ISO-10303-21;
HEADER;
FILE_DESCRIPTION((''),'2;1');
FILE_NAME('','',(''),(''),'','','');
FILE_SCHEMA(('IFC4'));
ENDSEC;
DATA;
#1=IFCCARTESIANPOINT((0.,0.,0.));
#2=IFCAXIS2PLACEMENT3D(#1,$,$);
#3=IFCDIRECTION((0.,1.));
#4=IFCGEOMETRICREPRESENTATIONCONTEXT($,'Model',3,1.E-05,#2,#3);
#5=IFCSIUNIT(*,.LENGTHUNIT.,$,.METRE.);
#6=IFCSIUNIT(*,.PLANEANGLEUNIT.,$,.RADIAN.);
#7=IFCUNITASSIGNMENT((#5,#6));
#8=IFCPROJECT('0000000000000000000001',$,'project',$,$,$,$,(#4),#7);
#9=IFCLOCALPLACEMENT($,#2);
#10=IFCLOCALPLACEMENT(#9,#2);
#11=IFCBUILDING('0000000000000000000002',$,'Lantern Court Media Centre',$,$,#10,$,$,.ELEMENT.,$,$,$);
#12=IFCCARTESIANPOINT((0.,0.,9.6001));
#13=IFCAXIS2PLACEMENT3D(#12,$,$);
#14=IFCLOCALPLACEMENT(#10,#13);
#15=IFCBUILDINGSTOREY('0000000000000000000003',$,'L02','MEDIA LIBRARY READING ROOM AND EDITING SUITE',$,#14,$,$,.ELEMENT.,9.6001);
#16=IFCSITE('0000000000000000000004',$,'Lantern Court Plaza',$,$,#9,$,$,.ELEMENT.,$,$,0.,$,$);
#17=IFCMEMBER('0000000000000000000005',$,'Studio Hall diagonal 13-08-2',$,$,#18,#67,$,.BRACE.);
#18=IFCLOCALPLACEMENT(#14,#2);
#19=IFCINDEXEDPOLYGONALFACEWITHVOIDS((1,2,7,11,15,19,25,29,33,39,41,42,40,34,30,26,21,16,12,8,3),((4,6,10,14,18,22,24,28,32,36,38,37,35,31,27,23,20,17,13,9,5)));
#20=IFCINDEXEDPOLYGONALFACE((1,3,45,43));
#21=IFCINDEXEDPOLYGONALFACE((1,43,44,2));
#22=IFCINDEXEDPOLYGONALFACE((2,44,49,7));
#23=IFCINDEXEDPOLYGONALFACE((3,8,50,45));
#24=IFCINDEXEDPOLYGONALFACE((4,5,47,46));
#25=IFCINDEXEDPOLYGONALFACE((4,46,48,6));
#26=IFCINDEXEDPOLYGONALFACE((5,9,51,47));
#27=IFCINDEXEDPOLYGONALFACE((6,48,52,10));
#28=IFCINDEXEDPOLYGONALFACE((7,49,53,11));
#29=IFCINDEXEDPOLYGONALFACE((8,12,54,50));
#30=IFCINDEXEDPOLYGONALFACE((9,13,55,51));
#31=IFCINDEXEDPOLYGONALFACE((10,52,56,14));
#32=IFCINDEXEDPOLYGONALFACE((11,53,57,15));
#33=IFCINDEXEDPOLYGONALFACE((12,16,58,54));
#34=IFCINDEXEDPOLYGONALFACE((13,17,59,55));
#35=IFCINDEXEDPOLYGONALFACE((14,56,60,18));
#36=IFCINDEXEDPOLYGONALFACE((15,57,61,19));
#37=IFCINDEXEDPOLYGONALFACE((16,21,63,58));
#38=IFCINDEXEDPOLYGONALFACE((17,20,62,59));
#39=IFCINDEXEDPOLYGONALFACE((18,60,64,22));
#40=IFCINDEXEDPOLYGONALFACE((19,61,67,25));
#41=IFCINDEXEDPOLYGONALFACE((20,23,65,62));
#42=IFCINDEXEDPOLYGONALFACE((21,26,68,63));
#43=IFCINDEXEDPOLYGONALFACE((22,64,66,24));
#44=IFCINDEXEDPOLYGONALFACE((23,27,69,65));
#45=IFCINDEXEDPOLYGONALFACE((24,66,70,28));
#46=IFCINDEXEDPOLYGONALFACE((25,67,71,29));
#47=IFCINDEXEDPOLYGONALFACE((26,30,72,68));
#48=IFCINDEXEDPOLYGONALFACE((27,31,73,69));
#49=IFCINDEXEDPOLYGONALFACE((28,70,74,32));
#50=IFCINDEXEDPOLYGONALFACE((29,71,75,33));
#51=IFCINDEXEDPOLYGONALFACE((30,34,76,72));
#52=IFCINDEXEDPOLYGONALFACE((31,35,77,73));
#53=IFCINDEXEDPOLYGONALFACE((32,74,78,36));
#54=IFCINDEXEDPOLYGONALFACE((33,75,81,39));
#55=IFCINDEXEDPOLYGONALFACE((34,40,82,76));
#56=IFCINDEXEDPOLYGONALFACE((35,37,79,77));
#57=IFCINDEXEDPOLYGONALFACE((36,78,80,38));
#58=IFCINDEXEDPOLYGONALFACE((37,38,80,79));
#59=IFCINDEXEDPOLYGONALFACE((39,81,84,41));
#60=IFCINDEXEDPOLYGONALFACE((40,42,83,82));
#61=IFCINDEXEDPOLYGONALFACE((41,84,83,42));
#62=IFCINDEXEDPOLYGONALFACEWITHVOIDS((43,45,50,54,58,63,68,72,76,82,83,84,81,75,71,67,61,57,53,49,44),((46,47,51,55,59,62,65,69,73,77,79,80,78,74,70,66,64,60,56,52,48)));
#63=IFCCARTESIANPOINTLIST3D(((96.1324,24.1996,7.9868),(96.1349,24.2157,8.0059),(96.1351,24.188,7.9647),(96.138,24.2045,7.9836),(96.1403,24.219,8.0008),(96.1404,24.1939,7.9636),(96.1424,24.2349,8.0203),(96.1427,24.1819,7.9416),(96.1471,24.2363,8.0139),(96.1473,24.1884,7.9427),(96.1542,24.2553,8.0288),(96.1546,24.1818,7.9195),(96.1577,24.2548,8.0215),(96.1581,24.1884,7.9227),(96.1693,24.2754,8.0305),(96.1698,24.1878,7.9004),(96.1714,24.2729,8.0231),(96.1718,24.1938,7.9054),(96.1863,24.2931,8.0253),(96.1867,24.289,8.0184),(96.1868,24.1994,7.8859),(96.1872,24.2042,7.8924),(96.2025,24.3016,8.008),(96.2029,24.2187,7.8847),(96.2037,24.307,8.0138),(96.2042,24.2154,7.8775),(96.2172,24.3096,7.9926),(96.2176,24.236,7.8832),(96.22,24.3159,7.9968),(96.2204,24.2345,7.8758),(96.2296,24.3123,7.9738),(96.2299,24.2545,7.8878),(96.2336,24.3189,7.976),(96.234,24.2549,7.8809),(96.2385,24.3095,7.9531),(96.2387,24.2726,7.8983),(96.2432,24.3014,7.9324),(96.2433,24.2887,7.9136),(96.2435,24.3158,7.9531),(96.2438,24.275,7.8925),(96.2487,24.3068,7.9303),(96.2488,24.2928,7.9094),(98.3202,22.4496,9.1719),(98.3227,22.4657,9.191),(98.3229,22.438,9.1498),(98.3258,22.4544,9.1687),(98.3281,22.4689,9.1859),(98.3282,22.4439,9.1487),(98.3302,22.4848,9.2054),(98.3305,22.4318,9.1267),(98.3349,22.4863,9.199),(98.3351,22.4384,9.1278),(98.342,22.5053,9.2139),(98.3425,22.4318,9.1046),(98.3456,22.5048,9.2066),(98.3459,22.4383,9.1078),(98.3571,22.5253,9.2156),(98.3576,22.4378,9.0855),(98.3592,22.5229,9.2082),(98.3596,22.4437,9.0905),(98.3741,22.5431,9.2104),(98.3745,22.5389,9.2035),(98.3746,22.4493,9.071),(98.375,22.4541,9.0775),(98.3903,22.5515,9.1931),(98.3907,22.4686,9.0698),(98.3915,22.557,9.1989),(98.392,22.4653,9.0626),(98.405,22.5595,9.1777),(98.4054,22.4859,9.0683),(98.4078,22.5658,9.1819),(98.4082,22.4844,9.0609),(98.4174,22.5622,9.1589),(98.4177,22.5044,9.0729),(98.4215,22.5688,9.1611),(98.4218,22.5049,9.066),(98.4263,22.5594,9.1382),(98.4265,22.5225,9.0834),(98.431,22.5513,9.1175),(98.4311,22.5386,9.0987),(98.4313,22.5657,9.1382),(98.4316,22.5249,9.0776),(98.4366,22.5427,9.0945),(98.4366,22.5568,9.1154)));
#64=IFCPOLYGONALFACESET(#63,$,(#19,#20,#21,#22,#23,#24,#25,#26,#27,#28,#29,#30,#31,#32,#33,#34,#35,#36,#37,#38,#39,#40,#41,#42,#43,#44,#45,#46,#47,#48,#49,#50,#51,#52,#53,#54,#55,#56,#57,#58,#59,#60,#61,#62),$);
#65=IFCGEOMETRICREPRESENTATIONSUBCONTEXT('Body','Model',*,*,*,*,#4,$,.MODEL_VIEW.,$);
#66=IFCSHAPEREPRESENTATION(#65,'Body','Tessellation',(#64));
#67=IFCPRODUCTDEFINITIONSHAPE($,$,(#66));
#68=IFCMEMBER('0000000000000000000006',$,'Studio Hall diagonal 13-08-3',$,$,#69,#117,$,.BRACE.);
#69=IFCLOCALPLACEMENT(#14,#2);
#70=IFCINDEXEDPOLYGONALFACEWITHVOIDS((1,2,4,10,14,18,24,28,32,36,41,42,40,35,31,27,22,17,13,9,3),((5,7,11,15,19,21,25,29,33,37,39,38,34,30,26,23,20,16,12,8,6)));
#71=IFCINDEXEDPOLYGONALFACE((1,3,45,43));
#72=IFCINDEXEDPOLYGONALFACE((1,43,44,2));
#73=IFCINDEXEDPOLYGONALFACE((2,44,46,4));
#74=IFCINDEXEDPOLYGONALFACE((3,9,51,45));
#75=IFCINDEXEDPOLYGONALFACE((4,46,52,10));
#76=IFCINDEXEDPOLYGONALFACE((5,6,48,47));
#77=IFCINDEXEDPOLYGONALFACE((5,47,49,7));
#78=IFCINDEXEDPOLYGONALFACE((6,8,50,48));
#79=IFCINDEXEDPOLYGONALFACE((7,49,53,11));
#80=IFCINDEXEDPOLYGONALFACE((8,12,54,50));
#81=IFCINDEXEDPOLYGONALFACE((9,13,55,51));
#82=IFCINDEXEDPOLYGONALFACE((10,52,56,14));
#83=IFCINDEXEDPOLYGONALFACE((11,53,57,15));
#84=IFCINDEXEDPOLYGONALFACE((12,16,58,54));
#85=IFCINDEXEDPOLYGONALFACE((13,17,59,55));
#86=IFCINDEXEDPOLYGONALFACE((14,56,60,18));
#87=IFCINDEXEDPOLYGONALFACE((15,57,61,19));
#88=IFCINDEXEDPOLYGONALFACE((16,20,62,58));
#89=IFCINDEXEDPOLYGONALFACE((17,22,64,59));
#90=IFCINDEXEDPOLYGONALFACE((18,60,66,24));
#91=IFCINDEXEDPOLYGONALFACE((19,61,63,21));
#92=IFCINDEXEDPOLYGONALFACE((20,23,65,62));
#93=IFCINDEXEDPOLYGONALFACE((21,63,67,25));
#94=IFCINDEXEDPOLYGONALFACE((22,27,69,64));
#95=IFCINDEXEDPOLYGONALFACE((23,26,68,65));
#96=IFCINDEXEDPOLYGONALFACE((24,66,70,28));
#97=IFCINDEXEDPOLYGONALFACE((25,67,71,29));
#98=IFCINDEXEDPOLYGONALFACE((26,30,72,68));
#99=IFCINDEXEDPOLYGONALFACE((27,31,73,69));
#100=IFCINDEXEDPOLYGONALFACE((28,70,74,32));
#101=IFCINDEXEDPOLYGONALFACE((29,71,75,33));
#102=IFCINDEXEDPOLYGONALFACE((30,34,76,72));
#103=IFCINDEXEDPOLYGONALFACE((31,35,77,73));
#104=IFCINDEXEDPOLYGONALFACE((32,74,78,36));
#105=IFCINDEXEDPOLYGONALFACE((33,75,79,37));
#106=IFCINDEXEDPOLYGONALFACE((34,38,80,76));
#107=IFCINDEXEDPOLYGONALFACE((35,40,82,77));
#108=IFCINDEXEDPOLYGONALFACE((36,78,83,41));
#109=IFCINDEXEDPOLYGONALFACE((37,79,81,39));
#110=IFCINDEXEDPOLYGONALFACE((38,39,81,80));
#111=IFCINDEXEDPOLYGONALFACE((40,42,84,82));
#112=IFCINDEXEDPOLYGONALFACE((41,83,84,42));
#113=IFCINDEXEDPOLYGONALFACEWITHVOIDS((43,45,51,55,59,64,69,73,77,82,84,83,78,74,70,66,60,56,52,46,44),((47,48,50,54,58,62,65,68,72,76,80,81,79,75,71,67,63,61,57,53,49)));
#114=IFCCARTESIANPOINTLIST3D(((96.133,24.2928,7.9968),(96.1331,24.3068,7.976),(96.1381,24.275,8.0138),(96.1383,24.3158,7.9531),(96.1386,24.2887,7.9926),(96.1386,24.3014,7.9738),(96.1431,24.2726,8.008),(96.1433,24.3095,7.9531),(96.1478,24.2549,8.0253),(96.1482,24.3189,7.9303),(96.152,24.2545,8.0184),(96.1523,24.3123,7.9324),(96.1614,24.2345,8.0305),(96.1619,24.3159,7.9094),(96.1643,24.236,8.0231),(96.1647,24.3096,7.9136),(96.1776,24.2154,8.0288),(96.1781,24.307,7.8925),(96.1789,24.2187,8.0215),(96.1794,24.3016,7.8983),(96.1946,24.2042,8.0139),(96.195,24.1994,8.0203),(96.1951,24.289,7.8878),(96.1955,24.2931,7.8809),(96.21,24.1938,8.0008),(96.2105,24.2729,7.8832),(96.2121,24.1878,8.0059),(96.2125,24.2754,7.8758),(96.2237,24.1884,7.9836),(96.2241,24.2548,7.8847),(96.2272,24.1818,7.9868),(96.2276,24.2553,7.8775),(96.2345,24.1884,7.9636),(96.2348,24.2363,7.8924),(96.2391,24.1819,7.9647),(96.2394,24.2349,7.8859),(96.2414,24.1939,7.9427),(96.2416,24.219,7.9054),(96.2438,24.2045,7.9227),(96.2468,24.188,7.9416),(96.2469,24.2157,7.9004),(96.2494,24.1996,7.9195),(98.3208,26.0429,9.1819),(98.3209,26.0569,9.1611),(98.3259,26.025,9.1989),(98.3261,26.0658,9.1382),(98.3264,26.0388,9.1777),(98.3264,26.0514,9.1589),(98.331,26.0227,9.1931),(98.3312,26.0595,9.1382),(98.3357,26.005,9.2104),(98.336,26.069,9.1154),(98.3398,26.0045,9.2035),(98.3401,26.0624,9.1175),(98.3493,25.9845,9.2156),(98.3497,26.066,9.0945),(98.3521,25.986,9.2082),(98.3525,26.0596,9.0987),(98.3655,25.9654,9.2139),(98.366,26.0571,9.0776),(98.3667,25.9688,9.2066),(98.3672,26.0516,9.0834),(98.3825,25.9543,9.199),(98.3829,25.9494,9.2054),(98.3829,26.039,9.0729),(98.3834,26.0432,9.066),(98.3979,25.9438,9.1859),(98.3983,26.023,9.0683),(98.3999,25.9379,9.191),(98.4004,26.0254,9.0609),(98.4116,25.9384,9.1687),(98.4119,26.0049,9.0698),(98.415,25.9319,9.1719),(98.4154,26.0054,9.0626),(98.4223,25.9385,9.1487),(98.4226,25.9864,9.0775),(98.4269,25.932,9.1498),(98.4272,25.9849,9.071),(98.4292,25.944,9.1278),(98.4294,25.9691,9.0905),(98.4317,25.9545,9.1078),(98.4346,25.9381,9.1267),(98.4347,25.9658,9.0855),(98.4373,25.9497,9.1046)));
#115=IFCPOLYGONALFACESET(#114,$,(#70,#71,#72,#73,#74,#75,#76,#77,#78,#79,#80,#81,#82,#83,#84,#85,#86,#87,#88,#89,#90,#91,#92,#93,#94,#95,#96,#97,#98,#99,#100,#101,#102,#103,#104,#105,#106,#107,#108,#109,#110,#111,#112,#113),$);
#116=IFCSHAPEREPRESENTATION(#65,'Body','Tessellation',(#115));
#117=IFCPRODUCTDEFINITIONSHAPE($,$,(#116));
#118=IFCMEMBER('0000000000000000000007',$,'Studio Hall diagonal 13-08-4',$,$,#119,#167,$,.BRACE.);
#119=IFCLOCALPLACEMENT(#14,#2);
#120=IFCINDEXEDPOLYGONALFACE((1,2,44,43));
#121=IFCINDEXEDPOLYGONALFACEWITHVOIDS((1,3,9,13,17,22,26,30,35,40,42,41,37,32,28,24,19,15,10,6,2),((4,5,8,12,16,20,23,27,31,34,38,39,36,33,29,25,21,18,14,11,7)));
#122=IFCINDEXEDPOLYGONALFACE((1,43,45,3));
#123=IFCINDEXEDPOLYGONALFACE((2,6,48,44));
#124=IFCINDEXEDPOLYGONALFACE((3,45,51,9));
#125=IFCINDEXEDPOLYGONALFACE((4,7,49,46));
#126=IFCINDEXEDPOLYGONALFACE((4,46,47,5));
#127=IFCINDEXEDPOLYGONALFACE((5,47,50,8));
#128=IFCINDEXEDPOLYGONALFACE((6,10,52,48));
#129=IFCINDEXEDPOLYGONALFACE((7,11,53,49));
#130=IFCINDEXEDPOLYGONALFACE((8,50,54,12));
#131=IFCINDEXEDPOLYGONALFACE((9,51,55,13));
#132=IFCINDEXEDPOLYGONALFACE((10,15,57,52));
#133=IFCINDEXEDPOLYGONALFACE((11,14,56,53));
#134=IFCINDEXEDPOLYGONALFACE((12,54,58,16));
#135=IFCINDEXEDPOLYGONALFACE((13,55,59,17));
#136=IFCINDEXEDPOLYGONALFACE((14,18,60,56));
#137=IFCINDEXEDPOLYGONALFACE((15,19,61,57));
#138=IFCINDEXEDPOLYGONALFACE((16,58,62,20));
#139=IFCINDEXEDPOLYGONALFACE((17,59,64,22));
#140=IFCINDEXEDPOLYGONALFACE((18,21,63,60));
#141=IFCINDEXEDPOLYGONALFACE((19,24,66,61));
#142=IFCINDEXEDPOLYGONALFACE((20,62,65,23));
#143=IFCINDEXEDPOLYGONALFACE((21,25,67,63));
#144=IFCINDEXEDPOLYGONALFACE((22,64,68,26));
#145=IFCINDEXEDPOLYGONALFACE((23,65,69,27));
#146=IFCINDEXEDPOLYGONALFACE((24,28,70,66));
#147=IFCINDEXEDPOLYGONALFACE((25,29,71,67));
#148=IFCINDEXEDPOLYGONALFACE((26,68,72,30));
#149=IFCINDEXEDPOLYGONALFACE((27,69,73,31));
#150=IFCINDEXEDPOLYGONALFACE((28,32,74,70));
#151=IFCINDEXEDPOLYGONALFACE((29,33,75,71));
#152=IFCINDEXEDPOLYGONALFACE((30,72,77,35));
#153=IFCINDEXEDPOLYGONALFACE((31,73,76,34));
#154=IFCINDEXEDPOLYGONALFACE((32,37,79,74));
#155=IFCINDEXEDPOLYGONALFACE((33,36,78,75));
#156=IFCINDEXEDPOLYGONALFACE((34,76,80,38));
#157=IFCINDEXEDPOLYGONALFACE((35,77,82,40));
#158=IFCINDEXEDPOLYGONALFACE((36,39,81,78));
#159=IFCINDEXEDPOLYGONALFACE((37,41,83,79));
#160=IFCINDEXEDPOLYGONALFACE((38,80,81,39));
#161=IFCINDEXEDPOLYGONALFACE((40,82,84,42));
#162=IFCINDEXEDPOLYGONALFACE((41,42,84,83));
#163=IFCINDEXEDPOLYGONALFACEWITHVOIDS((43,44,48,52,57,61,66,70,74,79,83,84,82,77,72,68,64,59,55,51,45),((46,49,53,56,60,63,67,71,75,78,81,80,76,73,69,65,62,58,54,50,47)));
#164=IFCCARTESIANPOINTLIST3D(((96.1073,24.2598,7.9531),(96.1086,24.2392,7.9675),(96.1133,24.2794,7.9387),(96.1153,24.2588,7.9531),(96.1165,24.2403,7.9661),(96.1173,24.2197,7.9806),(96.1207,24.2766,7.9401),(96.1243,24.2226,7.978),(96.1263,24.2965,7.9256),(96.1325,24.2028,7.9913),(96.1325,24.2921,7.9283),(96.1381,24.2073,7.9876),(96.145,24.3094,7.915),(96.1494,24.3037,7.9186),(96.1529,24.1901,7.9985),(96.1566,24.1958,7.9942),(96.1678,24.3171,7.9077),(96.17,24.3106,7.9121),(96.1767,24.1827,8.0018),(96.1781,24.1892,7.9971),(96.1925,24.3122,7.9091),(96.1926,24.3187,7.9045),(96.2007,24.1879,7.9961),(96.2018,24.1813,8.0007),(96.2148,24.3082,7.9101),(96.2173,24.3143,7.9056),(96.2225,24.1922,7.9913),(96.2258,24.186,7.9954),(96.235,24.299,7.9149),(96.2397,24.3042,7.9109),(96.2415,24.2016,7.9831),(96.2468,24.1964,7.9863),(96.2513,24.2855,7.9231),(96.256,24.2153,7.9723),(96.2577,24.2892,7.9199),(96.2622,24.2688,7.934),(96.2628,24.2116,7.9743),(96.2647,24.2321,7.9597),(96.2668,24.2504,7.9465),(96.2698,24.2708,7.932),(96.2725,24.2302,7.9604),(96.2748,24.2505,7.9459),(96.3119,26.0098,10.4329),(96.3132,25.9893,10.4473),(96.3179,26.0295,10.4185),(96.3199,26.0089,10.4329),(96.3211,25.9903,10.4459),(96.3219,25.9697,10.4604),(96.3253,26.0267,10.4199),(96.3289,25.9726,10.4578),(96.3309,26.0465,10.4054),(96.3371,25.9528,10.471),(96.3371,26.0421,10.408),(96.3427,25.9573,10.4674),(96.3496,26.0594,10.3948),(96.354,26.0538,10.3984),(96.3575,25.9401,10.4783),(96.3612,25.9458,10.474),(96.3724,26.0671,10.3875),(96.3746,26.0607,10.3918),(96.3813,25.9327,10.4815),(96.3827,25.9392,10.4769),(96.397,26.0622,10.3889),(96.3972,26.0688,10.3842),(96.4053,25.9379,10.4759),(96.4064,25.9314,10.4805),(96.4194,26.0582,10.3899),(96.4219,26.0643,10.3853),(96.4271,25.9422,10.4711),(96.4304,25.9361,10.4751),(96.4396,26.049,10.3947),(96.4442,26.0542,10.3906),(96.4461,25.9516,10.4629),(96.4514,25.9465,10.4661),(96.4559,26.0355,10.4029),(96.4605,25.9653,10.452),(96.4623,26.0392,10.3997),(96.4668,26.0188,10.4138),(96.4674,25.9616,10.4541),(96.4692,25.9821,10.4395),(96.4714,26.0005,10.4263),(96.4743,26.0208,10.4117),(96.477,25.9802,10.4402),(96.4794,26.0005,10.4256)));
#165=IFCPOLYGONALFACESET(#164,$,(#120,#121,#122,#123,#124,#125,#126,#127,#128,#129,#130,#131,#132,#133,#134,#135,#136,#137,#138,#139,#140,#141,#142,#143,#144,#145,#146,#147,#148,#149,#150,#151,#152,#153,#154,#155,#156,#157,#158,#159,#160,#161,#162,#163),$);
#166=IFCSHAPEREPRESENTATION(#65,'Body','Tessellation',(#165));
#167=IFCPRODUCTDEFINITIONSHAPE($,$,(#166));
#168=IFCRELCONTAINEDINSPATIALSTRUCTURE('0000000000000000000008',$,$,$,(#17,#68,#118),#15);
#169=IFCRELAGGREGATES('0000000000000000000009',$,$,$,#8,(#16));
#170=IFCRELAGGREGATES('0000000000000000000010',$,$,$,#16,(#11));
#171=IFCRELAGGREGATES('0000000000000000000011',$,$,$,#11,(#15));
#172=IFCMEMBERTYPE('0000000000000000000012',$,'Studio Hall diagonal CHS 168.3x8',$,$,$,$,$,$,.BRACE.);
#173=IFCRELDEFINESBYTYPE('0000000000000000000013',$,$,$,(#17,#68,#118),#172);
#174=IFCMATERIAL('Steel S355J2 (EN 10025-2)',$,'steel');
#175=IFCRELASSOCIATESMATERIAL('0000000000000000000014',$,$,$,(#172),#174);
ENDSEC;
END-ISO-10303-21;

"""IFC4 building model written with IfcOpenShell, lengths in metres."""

from ifc_helpers import new_model, si_unit, direction, frame, origin, origin_2d, place, context, subcontext, project, spatial, hollow_circle, extrude, material, material_profile, profile_set, type_object, element, save


model = new_model("IFC4")

# Units and contexts
model_context = context("Model", 3, precision=1e-05, world=origin(), true_north=direction((0.0, 1.0)))
body_context = subcontext(model_context, "Body", "Model", "MODEL_VIEW")
ifc_project = project(units=[si_unit("LENGTHUNIT", "METRE"), si_unit("PLANEANGLEUNIT", "RADIAN")], contexts=[model_context])

# Site, building, storey
site_placement = place(None, origin())
site = spatial("IfcSite", under=ifc_project, at=site_placement, Name="Lantern Court Plaza", CompositionType="ELEMENT", RefElevation=0.0)
building_placement = place(site_placement, origin())
building = spatial("IfcBuilding", under=site, at=building_placement, Name="Lantern Court Media Centre", CompositionType="ELEMENT")
storey_placement = place(building_placement, frame((0.0, 0.0, 9.6001)))
storey = spatial("IfcBuildingStorey", under=building, at=storey_placement, Name="L02", Description="MEDIA LIBRARY READING ROOM AND EDITING SUITE", CompositionType="ELEMENT", Elevation=9.6001)

# Members
ifc_material = material(Name="Steel S355J2 (EN 10025-2)", Category="steel")
ifc_material_profile_1 = material_profile(ifc_material, hollow_circle(Radius=0.0842, WallThickness=0.0081, at=origin_2d()), Name="Studio Hall diagonal CHS 168.3x8")
ifc_profile_set_1 = profile_set([ifc_material_profile_1], Name="Steel S355J2 (EN 10025-2)")
member_type_1 = type_object("IfcMemberType", Name="Studio Hall diagonal CHS 168.3x8", PredefinedType="BRACE", material=ifc_profile_set_1)
for number, where, z_axis, x_axis, name in (
    (1, (96.1909, 24.25, 7.9531), (0.719206, -0.5753, 0.38958), (0.624653, 0.780903, 0.0), "Studio Hall diagonal 13-08-2"),
    (2, (96.1909, 24.25, 7.9531), (0.719206, 0.5753, 0.38958), (-0.624653, 0.780903, 0.0), "Studio Hall diagonal 13-08-3"),
    (3, (96.1909, 24.25, 7.9531), (0.067256, 0.575289, 0.81518), (-0.993235, 0.116118, 0.0), "Studio Hall diagonal 13-08-4"),
):
    element("IfcMember", number, at=place(storey_placement, frame(where, z_axis=z_axis, x_axis=x_axis)), inside=storey, type_object=member_type_1, Name=name, PredefinedType="BRACE", context=body_context, shape_type="SweptSolid", body=[
        extrude(hollow_circle(Radius=0.0842, WallThickness=0.0081, at=origin_2d()), origin(), (0.0, 0.0, 1.0), 3.042),
    ])

save(model, "model.ifc")
